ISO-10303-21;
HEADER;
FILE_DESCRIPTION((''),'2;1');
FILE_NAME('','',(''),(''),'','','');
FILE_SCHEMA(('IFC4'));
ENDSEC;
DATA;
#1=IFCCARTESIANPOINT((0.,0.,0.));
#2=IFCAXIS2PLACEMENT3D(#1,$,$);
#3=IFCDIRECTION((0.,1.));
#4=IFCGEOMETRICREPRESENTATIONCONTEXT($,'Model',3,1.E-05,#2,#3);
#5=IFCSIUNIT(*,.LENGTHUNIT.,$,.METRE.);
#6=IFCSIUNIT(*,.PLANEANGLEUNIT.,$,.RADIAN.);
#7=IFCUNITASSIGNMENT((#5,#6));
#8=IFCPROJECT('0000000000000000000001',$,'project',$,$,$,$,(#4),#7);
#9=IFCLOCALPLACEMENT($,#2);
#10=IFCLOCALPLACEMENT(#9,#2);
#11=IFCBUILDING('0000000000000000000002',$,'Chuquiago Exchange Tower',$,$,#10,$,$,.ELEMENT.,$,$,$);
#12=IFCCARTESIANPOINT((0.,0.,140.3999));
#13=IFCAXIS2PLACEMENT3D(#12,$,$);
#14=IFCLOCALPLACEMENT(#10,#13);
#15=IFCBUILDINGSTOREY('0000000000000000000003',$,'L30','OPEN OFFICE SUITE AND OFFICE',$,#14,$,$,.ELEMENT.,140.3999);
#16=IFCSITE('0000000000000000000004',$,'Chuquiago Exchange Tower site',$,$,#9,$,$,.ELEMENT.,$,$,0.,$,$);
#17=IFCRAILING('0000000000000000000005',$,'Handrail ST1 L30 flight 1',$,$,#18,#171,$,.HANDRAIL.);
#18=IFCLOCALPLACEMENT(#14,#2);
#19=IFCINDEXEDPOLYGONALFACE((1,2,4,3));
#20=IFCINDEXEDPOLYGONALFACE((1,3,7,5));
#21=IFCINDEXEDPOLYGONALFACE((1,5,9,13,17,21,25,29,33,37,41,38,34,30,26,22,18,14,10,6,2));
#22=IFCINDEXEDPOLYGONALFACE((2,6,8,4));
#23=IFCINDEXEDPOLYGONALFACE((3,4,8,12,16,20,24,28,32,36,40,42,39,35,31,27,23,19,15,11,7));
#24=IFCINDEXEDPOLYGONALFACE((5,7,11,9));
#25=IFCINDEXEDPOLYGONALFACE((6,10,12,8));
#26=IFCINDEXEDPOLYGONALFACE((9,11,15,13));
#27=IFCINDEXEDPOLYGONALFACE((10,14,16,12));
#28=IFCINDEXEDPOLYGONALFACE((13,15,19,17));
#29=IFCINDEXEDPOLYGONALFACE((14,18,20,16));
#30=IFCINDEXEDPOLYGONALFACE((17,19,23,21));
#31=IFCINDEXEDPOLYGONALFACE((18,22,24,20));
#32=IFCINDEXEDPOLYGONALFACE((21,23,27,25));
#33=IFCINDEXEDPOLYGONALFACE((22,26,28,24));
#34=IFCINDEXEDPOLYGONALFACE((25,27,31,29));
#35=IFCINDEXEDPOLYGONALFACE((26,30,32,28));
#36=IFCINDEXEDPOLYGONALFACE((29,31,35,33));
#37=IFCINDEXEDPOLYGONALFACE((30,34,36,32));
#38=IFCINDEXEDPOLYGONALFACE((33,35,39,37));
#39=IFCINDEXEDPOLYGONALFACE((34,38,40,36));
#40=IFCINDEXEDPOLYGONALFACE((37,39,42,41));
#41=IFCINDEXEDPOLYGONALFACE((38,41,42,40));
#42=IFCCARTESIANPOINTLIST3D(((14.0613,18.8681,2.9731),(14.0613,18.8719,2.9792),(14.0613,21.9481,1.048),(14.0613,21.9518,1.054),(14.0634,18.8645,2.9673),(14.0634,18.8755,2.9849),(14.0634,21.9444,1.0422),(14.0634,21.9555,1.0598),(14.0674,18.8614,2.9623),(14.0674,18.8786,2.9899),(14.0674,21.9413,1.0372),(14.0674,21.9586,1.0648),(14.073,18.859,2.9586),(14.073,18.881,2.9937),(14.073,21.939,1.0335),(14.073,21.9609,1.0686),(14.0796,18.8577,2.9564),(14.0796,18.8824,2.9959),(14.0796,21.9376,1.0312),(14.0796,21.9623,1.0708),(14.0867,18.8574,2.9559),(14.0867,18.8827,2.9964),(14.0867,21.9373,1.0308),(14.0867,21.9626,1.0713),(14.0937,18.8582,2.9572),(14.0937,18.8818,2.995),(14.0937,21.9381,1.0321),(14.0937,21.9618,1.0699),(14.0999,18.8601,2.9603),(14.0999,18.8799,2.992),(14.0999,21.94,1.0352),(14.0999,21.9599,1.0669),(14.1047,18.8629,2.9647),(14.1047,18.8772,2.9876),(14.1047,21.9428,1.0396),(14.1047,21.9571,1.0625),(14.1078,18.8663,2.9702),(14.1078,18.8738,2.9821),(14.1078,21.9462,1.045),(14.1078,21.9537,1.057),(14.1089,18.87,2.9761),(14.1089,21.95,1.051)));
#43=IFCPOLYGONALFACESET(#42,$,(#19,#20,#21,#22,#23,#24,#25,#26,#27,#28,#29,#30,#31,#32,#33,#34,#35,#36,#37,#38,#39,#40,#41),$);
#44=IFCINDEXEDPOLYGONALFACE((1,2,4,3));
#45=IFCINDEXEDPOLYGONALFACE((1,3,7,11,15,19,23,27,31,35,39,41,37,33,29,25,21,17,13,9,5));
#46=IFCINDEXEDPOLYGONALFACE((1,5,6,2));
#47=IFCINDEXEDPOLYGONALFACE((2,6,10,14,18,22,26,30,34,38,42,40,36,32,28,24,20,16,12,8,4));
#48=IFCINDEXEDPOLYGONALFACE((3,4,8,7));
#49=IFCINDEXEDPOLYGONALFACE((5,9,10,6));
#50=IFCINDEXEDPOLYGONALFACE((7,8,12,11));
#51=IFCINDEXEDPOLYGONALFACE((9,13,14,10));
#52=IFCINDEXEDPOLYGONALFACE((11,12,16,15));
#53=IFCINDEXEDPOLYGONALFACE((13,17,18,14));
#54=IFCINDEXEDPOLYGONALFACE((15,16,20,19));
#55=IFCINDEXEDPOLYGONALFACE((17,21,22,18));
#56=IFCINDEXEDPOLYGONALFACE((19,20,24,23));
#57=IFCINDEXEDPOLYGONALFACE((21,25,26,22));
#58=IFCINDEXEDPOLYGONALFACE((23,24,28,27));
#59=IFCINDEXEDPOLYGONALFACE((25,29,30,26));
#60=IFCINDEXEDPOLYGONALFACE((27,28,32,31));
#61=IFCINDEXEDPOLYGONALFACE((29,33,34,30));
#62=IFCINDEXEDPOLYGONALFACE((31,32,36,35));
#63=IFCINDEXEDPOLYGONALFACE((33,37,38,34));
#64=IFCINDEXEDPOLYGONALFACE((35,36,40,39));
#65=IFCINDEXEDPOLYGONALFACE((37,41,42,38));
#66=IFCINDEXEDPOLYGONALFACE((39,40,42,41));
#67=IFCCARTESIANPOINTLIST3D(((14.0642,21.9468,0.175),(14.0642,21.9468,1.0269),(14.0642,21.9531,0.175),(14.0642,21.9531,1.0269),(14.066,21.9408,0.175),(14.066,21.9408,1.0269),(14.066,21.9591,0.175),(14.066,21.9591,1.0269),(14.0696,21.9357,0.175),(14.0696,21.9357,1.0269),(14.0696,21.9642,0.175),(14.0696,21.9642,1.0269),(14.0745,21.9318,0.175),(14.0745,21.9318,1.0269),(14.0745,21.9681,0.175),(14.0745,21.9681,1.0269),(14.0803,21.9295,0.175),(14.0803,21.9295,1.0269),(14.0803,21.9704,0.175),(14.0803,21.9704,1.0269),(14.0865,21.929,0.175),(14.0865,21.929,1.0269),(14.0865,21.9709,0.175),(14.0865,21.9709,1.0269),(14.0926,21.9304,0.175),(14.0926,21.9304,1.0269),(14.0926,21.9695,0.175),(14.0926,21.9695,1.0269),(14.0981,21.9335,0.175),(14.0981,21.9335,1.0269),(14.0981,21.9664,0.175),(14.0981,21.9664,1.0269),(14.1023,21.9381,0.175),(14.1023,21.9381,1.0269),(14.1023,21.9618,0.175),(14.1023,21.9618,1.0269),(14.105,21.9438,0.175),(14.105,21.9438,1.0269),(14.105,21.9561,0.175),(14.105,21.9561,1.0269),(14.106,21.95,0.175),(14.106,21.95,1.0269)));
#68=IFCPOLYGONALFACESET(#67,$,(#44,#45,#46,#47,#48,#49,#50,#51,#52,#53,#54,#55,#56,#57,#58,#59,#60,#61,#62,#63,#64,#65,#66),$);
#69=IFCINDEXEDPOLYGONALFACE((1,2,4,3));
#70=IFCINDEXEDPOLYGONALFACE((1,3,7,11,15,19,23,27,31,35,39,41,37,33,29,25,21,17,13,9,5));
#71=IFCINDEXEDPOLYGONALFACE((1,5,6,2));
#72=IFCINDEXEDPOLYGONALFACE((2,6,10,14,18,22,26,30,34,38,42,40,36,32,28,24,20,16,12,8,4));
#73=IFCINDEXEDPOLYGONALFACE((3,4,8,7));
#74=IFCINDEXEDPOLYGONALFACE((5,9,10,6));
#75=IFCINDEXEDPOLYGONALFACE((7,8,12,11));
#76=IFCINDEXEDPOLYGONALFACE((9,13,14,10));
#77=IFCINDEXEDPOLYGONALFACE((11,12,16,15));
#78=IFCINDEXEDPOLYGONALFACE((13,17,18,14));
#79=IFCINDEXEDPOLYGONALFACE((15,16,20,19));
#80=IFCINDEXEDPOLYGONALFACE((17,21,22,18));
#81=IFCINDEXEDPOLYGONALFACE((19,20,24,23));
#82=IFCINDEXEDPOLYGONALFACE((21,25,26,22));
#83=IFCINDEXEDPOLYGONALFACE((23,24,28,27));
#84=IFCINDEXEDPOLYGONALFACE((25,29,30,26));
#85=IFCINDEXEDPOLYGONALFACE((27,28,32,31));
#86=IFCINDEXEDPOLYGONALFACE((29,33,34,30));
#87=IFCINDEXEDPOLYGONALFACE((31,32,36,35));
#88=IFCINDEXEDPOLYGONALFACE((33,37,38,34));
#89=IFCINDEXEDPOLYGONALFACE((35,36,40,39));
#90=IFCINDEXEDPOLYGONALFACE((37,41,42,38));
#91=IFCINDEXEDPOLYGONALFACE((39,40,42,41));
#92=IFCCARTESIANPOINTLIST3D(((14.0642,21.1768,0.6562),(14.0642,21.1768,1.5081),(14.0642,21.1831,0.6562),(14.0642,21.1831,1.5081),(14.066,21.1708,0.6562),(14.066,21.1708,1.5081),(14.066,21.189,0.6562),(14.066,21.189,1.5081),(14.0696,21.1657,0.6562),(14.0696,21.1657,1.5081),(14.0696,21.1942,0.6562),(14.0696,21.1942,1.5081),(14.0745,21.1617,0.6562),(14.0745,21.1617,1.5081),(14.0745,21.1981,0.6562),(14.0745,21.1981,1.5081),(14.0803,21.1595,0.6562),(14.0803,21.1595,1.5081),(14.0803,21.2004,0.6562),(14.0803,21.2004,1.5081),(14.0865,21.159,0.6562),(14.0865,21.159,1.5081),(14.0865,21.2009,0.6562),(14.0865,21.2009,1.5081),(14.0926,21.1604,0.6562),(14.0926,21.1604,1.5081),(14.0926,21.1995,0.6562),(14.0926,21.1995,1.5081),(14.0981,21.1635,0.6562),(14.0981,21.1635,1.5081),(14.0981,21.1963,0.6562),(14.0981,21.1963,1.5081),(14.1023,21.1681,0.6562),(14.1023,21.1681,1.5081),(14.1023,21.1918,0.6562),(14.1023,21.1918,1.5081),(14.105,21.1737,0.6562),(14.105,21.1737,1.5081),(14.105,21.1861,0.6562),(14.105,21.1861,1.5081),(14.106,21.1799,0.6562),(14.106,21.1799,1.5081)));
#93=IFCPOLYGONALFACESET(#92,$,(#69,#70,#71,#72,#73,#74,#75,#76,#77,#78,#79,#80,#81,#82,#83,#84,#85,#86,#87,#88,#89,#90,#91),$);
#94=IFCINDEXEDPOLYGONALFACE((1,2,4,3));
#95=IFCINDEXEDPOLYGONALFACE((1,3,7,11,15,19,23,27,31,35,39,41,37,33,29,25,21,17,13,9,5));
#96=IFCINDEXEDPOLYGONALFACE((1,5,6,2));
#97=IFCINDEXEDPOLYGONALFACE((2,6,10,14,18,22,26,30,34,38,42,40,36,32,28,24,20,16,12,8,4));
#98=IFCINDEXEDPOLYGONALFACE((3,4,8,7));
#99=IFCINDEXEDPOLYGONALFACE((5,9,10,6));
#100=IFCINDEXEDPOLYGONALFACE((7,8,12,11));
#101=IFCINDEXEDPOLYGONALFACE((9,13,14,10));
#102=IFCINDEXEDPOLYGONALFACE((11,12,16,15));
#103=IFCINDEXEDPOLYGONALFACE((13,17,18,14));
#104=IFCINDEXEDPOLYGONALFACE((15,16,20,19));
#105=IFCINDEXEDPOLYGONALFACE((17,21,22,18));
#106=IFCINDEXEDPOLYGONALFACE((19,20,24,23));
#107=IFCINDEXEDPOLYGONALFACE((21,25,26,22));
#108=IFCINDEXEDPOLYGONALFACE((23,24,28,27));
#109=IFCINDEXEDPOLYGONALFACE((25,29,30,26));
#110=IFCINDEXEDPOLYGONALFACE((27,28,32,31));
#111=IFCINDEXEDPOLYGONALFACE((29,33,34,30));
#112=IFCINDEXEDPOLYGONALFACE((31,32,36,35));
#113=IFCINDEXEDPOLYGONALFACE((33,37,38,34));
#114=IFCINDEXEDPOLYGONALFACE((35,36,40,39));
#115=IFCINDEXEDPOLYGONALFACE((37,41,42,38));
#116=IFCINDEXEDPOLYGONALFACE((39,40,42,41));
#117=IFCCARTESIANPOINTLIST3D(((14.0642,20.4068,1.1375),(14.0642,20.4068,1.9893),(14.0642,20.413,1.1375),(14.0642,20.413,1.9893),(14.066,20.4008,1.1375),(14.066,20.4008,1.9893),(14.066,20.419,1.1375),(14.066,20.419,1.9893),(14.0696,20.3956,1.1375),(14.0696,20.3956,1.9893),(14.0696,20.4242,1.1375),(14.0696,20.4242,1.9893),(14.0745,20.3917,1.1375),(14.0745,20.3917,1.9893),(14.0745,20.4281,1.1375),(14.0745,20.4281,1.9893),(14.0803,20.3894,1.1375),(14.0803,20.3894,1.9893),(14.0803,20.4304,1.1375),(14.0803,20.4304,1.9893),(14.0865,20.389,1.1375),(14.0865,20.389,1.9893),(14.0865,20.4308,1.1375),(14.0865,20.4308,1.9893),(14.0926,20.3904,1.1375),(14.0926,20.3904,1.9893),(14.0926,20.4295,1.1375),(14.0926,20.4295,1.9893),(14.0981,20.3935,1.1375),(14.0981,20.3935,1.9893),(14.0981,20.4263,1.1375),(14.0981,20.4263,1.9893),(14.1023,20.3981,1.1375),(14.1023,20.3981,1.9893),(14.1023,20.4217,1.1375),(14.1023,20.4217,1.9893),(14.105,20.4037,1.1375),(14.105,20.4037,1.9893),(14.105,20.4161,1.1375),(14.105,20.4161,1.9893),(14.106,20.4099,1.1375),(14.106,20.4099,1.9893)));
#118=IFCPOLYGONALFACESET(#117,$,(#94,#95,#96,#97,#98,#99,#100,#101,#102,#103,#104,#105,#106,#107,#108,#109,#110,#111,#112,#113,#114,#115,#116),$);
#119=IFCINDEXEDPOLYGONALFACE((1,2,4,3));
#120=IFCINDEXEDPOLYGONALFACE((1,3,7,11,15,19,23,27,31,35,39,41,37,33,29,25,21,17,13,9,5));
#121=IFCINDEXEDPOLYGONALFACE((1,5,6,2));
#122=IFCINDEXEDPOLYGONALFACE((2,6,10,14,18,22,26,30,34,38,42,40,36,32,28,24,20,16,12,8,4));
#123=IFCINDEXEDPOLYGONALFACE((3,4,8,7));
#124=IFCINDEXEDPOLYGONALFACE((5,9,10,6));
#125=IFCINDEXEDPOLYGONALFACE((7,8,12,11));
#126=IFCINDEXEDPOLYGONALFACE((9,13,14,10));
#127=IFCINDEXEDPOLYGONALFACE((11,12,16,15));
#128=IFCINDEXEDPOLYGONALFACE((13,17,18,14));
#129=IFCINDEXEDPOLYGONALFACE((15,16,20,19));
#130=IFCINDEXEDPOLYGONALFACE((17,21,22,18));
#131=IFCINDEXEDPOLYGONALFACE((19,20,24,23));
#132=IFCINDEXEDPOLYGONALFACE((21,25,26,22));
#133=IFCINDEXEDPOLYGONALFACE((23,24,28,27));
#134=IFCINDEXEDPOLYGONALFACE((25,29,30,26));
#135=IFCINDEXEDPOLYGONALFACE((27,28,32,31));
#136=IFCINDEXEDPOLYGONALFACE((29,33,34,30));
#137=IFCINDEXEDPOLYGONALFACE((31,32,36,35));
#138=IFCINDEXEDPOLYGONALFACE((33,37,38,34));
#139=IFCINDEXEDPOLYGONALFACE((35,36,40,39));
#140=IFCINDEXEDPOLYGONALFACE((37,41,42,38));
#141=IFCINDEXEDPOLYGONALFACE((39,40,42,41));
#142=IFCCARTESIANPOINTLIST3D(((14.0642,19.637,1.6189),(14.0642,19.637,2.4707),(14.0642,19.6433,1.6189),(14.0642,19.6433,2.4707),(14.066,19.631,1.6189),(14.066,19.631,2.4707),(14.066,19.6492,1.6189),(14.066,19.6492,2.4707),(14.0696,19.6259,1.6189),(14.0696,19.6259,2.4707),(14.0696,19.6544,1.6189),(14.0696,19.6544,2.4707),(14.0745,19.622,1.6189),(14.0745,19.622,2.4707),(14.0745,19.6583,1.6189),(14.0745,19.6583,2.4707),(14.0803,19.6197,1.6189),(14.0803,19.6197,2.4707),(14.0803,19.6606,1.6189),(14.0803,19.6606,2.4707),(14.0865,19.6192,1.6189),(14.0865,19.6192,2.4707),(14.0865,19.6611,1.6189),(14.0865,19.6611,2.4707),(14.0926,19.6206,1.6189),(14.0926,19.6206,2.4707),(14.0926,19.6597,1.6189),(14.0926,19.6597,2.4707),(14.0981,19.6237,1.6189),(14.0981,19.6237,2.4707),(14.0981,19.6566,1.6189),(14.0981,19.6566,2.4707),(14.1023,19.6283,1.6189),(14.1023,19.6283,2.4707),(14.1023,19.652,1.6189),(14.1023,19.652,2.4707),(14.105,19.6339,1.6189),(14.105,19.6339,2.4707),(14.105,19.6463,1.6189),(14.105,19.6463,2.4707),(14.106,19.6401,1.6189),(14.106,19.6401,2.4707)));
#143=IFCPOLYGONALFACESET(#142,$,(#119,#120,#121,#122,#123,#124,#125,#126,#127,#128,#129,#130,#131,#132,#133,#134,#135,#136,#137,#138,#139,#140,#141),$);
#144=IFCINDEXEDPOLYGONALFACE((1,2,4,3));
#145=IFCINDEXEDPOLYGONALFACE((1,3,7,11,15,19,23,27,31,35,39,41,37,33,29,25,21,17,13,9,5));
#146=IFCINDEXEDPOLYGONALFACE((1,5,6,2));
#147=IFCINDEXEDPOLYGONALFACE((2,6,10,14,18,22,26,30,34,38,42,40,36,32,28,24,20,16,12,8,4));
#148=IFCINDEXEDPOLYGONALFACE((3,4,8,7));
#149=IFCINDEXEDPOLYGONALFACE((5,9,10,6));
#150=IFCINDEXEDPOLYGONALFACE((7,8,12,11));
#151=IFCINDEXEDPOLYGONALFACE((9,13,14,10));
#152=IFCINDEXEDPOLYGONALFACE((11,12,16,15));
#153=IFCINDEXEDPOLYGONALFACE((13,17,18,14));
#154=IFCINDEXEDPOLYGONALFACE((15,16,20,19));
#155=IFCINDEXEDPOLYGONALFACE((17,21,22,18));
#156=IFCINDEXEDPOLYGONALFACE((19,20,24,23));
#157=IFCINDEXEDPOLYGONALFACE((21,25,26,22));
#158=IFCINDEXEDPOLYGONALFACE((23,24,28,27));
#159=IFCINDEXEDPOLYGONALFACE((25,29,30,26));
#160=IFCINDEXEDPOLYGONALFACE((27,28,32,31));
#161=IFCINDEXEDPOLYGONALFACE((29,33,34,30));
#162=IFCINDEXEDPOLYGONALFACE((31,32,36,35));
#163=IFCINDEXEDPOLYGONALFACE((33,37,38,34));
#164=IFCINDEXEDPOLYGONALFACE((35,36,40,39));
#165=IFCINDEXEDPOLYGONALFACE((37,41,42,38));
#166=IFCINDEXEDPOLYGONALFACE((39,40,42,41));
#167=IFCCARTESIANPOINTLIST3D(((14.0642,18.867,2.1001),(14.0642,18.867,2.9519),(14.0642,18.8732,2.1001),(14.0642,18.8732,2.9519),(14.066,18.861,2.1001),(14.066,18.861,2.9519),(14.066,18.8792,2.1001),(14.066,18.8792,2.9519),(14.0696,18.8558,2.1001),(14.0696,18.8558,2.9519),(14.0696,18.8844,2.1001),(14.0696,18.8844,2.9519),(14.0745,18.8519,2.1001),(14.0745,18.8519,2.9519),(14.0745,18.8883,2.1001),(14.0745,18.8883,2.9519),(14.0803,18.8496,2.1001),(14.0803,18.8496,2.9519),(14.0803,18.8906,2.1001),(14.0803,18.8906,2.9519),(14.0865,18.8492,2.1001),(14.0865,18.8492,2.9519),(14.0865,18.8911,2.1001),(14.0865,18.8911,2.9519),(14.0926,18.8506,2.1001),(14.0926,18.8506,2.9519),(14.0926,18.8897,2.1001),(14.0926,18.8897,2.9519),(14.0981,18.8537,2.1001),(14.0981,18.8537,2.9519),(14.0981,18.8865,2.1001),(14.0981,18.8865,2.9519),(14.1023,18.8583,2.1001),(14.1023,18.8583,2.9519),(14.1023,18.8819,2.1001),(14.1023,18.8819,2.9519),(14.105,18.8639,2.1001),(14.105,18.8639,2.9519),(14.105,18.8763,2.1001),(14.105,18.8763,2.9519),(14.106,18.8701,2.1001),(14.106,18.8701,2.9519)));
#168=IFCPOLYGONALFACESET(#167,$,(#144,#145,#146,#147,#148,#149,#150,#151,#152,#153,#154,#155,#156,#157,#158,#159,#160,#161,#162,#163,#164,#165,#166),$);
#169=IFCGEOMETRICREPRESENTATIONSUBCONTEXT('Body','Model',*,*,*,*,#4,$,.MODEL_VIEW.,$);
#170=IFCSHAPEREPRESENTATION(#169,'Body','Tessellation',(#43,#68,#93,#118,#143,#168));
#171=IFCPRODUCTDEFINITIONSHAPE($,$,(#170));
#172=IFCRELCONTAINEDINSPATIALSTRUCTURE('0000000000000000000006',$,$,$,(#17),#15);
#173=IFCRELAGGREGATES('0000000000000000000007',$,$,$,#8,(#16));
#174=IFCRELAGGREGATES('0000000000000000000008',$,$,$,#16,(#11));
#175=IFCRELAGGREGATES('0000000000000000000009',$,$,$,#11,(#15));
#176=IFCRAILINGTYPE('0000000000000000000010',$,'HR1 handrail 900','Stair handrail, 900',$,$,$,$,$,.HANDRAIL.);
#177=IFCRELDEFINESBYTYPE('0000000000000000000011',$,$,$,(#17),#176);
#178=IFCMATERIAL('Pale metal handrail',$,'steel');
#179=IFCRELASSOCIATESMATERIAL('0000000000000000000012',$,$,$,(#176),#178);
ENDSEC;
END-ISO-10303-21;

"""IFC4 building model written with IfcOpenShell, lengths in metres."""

from ifc_helpers import new_model, si_unit, direction, frame, origin, origin_2d, place, context, subcontext, project, spatial, circle, extrude, material, type_object, element, save


model = new_model("IFC4")

# Units and contexts
model_context = context("Model", 3, precision=1e-05, world=origin(), true_north=direction((0.0, 1.0)))
body_context = subcontext(model_context, "Body", "Model", "MODEL_VIEW")
ifc_project = project(units=[si_unit("LENGTHUNIT", "METRE"), si_unit("PLANEANGLEUNIT", "RADIAN")], contexts=[model_context])

# Site, building, storey
site_placement = place(None, origin())
site = spatial("IfcSite", under=ifc_project, at=site_placement, Name="Chuquiago Exchange Tower site", CompositionType="ELEMENT", RefElevation=0.0)
building_placement = place(site_placement, origin())
building = spatial("IfcBuilding", under=site, at=building_placement, Name="Chuquiago Exchange Tower", CompositionType="ELEMENT")
storey_placement = place(building_placement, frame((0.0, 0.0, 140.3999)))
storey = spatial("IfcBuildingStorey", under=building, at=storey_placement, Name="L30", Description="OPEN OFFICE SUITE AND OFFICE", CompositionType="ELEMENT", Elevation=140.3999)

# Railing
ifc_material_1 = material(Name="Pale metal handrail", Category="steel")
railing_type = type_object("IfcRailingType", Name="HR1 handrail 900", Description="Stair handrail, 900", PredefinedType="HANDRAIL", material=ifc_material_1)
for number, where, name in (
    (1, (14.085, 21.95, 0.175), "Handrail ST1 L30 flight 1"),
):
    element("IfcRailing", number, at=place(storey_placement, frame(where)), inside=storey, type_object=railing_type, Name=name, PredefinedType="HANDRAIL", context=body_context, shape_type="SweptSolid", body=[
        extrude(circle(Radius=0.0239, at=origin_2d()), frame((0.0, 0.0, 0.876), z_axis=(0.0, -0.847979, 0.530029), x_axis=(1.0, 0.0, 0.0)), (0.0, 0.0, 1.0), 3.6321),
        extrude(circle(Radius=0.021, at=origin_2d()), origin(), (0.0, 0.0, 1.0), 0.8518),
        extrude(circle(Radius=0.021, at=origin_2d()), frame((0.0, -0.77, 0.4812)), (0.0, 0.0, 1.0), 0.8518),
        extrude(circle(Radius=0.021, at=origin_2d()), frame((0.0, -1.54, 0.9624)), (0.0, 0.0, 1.0), 0.8518),
        extrude(circle(Radius=0.021, at=origin_2d()), frame((0.0, -2.3098, 1.4438)), (0.0, 0.0, 1.0), 0.8518),
        extrude(circle(Radius=0.021, at=origin_2d()), frame((0.0, -3.0798, 1.925)), (0.0, 0.0, 1.0), 0.8518),
    ])

save(model, "model.ifc")
